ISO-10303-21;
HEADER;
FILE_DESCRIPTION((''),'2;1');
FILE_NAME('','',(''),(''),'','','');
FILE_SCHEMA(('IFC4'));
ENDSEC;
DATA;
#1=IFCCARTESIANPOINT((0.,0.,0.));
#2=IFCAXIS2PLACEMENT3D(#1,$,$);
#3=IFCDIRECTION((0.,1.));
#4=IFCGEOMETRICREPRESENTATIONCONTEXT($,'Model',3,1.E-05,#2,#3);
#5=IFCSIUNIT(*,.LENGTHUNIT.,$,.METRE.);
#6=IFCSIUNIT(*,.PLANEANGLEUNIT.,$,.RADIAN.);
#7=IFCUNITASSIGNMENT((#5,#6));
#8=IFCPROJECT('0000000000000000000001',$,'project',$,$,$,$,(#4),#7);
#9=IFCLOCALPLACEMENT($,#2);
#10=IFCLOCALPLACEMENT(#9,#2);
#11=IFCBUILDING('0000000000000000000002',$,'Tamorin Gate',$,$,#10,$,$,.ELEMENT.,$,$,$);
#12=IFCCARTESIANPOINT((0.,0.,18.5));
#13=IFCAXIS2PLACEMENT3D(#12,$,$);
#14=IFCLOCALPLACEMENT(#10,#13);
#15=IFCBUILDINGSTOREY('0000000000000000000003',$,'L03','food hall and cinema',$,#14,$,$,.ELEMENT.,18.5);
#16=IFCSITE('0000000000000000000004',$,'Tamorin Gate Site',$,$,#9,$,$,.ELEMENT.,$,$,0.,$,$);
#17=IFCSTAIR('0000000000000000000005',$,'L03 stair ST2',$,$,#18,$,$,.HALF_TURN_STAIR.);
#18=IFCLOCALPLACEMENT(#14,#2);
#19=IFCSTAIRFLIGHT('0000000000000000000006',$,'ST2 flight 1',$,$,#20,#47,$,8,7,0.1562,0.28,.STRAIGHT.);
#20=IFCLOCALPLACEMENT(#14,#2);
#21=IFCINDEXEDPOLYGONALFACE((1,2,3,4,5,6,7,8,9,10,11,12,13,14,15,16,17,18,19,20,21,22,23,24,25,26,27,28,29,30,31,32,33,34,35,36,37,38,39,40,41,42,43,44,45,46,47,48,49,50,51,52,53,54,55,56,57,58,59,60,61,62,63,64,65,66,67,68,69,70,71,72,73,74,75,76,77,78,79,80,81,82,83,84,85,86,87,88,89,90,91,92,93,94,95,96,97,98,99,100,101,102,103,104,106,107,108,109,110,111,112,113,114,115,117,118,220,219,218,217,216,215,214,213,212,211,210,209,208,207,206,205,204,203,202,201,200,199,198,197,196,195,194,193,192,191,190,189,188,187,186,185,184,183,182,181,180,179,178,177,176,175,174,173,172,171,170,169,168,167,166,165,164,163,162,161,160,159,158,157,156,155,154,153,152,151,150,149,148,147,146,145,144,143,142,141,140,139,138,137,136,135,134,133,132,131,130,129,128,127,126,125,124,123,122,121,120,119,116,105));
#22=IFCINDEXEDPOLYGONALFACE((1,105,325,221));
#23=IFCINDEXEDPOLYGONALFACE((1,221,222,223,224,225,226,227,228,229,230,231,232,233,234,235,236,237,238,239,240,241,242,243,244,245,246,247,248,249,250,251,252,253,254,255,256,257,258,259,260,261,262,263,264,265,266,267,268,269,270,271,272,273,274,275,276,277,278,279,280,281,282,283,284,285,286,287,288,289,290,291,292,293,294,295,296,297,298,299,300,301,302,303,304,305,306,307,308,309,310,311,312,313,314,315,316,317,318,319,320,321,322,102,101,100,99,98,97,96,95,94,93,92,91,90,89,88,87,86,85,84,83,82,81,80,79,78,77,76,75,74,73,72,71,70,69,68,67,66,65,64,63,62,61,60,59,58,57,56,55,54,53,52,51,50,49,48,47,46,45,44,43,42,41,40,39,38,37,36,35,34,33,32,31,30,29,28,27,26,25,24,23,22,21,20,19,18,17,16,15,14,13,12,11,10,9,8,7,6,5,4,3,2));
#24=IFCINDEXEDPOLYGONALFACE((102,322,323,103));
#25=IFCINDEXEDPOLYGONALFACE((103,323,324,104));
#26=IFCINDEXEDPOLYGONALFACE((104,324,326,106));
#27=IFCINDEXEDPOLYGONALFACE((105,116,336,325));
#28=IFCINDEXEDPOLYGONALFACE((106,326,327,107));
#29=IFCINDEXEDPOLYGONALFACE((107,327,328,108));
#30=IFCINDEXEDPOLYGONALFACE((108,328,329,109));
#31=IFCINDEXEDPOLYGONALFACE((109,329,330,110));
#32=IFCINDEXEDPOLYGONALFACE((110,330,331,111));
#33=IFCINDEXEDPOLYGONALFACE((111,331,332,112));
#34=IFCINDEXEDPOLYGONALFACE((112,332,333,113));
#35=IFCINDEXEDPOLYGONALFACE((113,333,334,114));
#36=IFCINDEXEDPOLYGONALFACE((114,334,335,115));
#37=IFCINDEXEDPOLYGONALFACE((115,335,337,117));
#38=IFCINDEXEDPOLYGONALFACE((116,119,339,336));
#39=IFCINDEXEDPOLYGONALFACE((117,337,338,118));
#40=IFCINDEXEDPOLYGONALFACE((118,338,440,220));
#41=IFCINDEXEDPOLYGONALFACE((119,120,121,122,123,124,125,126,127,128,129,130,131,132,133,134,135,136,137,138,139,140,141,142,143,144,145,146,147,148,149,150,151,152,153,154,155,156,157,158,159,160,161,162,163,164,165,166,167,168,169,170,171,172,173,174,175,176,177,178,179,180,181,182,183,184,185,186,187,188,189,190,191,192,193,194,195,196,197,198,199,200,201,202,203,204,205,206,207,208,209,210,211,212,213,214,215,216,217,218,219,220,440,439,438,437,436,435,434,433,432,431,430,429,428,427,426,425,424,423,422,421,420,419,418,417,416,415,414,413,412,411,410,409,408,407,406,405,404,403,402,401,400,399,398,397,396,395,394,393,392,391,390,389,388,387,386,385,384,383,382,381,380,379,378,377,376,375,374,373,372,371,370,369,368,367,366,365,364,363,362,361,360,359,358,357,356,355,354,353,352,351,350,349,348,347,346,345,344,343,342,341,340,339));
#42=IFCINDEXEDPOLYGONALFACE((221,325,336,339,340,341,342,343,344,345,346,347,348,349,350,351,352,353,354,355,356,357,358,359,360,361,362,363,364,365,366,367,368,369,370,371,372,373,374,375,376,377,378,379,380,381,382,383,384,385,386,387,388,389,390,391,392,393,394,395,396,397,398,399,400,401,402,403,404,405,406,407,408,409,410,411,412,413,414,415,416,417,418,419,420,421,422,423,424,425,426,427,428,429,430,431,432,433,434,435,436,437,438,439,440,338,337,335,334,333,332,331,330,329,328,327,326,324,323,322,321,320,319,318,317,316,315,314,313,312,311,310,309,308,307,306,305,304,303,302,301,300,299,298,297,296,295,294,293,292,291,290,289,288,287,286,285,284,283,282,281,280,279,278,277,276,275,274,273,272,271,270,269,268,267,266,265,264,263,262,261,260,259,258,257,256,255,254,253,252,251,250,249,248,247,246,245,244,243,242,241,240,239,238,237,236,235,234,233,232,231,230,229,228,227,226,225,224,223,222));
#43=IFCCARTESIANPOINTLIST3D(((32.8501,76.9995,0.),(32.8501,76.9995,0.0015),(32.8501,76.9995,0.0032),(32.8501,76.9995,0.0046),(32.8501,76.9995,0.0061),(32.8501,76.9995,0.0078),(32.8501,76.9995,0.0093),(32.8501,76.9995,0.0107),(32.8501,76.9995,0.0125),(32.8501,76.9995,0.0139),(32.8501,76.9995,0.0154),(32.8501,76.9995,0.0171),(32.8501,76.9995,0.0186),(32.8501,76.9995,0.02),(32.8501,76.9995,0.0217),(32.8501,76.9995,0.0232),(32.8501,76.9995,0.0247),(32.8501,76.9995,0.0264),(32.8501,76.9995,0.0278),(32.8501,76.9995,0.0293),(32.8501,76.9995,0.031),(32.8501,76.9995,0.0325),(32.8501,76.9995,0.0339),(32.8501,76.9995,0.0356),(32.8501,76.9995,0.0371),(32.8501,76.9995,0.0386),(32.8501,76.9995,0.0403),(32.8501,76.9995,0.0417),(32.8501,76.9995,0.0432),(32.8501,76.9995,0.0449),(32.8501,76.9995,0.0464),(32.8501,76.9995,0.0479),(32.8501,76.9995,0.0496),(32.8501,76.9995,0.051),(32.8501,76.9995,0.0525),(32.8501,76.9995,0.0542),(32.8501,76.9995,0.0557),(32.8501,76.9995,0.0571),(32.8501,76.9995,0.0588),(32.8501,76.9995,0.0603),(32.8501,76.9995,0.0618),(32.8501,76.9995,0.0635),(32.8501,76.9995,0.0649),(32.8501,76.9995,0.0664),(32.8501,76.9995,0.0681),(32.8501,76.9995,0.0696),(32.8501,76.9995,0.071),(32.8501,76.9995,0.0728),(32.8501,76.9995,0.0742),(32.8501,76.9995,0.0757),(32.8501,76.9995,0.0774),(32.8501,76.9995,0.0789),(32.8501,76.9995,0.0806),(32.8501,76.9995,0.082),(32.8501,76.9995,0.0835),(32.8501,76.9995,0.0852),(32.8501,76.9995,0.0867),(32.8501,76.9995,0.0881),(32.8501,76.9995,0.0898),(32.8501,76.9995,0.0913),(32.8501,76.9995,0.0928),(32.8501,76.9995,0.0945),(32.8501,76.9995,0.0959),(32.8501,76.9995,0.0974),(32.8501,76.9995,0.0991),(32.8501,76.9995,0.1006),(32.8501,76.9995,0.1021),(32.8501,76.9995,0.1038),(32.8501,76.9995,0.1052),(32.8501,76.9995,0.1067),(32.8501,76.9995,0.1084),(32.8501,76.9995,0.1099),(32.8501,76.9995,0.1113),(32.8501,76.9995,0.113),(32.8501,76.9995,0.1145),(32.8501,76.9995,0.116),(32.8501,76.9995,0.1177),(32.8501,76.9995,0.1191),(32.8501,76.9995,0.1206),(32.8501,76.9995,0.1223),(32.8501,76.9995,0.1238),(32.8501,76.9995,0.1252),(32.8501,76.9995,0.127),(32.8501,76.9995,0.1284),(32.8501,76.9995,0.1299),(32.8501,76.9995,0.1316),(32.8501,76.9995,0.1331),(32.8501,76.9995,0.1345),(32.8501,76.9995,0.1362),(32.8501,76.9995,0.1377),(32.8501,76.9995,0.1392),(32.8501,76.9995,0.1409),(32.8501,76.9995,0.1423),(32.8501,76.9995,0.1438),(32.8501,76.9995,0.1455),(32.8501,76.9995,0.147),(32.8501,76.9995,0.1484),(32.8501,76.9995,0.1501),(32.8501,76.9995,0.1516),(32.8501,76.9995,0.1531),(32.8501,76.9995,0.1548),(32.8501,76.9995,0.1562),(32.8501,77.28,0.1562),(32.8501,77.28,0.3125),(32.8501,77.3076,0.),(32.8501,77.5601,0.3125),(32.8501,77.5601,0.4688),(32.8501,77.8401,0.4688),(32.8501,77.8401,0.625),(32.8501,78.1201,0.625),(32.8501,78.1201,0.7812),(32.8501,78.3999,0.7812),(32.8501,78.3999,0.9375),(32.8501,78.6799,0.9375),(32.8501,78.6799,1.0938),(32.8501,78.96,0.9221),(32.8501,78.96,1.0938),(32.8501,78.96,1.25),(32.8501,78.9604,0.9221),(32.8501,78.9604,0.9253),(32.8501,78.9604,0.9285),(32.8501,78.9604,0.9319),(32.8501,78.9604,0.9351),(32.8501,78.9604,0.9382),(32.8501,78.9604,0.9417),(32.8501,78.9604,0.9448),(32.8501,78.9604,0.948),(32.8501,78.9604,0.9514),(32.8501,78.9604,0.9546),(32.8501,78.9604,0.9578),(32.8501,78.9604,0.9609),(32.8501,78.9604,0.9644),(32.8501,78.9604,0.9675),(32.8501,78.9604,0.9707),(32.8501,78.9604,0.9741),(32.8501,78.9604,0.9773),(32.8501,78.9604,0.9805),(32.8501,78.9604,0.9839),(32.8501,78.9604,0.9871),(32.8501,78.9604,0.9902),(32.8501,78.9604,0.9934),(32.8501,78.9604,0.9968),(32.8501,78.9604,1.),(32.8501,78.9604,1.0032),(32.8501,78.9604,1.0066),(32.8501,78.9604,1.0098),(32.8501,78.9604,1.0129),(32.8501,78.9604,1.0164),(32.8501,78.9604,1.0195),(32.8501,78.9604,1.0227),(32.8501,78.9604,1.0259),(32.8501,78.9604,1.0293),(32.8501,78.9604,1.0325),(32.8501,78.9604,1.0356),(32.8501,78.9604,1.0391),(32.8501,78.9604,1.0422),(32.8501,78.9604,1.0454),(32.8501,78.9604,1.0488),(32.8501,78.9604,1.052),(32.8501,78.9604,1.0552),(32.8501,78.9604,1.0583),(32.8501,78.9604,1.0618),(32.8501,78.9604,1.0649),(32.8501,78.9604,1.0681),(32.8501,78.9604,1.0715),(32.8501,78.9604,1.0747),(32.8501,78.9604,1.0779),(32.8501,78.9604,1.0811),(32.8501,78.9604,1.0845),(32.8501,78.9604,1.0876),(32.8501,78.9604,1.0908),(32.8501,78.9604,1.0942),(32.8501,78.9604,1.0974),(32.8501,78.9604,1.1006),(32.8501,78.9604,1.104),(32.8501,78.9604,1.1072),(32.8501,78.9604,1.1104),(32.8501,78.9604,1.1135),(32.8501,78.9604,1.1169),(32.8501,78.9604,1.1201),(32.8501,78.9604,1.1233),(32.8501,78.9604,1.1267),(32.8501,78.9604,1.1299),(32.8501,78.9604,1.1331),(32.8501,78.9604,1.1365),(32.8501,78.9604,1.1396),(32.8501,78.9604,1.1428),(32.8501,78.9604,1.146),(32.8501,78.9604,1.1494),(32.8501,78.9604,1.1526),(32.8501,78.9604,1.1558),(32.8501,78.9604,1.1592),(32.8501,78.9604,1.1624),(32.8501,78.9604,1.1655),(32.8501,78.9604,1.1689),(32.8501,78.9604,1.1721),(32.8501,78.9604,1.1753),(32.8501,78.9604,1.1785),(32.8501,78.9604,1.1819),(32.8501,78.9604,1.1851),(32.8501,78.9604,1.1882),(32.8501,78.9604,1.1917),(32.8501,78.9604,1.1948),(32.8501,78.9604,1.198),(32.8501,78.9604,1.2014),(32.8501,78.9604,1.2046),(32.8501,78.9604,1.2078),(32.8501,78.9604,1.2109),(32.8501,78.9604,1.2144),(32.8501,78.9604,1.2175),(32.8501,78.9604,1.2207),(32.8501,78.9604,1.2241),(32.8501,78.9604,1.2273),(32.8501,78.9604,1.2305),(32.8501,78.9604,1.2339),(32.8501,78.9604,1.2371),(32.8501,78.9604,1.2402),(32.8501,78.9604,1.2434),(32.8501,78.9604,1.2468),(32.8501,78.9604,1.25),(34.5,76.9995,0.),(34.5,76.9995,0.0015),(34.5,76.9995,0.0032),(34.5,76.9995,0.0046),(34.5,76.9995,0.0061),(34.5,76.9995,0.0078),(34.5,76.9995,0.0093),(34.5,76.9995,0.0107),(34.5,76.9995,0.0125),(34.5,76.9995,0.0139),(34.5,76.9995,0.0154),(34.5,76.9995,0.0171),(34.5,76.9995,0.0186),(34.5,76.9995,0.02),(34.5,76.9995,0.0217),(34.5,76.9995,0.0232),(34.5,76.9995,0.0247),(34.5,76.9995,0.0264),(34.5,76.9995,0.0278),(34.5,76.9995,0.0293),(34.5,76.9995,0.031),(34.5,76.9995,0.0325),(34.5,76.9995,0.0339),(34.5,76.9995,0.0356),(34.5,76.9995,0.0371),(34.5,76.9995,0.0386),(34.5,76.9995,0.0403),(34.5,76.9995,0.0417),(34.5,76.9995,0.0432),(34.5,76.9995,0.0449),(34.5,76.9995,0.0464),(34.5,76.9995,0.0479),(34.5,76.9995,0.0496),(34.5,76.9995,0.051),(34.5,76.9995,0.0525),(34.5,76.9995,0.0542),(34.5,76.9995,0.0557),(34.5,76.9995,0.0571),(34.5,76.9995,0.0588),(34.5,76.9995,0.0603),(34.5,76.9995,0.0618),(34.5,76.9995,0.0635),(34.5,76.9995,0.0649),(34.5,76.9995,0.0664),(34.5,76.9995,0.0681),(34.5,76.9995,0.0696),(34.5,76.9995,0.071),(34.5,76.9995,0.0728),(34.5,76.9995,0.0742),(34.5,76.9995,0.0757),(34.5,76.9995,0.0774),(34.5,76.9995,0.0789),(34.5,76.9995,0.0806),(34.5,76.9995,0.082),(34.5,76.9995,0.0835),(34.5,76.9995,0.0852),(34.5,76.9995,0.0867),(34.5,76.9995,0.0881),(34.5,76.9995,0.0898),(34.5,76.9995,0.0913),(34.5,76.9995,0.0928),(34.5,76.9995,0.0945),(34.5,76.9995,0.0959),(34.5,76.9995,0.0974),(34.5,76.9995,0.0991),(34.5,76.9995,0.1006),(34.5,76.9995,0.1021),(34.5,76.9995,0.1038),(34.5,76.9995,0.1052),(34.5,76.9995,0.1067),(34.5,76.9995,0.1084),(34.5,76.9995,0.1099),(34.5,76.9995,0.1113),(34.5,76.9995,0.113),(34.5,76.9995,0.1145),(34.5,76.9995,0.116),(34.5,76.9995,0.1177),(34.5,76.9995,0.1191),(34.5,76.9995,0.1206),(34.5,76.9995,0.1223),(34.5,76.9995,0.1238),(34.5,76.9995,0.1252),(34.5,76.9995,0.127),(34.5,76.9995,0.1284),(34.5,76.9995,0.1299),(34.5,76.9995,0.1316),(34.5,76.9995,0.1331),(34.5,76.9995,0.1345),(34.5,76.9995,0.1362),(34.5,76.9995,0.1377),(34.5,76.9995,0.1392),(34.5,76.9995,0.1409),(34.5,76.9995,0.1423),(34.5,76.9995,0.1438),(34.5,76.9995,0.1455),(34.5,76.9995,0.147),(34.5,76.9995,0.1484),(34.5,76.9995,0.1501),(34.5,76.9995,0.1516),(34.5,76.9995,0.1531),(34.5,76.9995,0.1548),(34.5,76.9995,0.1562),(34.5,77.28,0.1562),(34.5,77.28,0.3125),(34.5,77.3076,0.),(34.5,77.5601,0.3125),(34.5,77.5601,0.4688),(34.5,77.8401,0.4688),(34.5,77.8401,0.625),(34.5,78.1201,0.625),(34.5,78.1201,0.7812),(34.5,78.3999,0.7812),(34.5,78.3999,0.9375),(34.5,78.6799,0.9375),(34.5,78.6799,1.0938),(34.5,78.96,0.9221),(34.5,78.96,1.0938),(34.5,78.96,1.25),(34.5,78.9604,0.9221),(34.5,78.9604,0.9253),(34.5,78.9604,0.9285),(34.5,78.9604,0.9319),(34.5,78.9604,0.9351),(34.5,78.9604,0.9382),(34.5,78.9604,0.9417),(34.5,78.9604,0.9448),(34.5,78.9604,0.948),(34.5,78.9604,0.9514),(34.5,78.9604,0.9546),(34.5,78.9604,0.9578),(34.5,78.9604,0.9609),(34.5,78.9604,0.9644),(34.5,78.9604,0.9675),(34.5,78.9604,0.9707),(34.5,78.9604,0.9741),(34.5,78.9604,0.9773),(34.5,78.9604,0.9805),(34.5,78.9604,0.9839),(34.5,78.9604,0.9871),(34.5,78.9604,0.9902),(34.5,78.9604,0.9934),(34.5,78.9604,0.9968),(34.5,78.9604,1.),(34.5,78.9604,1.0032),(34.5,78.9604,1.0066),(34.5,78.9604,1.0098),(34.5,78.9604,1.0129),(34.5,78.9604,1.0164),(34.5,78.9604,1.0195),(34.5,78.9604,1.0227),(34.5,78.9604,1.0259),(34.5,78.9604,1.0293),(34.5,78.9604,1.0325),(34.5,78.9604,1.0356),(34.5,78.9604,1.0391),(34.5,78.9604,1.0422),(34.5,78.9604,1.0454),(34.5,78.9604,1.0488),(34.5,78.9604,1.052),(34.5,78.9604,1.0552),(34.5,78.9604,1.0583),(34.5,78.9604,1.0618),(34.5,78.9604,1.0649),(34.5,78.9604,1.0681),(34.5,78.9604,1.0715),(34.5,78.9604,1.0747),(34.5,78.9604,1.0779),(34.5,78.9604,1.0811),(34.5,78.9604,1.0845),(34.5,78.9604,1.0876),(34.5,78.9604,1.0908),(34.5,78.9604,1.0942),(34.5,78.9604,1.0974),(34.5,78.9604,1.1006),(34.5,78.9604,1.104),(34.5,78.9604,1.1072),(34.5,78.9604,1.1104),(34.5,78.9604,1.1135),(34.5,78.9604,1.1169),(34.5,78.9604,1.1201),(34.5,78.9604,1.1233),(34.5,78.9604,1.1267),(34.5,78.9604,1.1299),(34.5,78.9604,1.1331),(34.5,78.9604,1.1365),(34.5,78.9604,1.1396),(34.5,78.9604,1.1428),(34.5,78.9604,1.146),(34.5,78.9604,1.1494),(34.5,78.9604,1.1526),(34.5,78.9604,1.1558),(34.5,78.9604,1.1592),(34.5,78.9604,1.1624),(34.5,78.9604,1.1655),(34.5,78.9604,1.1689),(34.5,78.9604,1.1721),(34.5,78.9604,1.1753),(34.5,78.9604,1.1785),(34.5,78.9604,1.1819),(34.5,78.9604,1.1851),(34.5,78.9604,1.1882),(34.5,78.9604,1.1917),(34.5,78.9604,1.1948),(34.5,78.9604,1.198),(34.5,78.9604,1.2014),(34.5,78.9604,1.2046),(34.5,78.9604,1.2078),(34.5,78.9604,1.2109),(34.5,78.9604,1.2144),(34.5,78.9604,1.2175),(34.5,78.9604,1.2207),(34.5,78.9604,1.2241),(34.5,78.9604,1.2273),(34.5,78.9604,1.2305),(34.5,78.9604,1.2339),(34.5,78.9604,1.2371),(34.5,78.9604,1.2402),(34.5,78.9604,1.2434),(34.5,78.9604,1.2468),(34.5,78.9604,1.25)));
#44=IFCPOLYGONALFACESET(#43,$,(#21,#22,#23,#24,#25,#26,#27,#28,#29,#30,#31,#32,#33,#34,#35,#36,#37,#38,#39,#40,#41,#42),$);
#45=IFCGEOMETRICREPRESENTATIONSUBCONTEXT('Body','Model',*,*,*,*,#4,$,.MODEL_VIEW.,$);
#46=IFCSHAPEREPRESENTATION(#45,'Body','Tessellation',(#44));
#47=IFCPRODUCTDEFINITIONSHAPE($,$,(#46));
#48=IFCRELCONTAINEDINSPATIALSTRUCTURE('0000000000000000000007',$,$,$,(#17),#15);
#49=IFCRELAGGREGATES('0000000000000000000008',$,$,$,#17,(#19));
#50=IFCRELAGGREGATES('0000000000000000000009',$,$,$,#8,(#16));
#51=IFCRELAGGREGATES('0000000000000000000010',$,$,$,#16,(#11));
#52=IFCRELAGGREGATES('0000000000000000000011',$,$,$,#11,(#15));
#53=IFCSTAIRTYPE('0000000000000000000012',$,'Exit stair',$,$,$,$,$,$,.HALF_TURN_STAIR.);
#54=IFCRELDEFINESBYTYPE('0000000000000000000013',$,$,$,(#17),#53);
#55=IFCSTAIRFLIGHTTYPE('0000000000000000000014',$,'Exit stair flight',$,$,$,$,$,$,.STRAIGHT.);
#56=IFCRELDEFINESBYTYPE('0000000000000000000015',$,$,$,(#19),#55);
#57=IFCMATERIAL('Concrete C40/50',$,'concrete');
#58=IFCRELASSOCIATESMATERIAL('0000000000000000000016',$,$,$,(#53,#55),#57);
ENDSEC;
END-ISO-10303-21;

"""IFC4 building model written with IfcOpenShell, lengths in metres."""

from ifc_helpers import new_model, si_unit, direction, frame, origin, place, context, subcontext, project, spatial, polyline, outline, extrude, material, type_object, element, aggregate, save


model = new_model("IFC4")

# Units and contexts
model_context = context("Model", 3, precision=1e-05, world=origin(), true_north=direction((0.0, 1.0)))
body_context = subcontext(model_context, "Body", "Model", "MODEL_VIEW")
ifc_project = project(units=[si_unit("LENGTHUNIT", "METRE"), si_unit("PLANEANGLEUNIT", "RADIAN")], contexts=[model_context])

# Site, building, storey
site_placement = place(None, origin())
site = spatial("IfcSite", under=ifc_project, at=site_placement, Name="Tamorin Gate Site", CompositionType="ELEMENT", RefElevation=0.0)
building_placement = place(site_placement, origin())
building = spatial("IfcBuilding", under=site, at=building_placement, Name="Tamorin Gate", CompositionType="ELEMENT")
storey_placement = place(building_placement, frame((0.0, 0.0, 18.5)))
storey = spatial("IfcBuildingStorey", under=building, at=storey_placement, Name="L03", Description="food hall and cinema", CompositionType="ELEMENT", Elevation=18.5)

# Shared definitions
ifc_material_1 = material(Name="Concrete C40/50", Category="concrete")

# Stair, stair flight
stair_type = type_object("IfcStairType", Name="Exit stair", PredefinedType="HALF_TURN_STAIR", material=ifc_material_1)
stair_flight_type = type_object("IfcStairFlightType", Name="Exit stair flight", PredefinedType="STRAIGHT", material=ifc_material_1)
stair_1_placement = place(storey_placement, origin())
stair_1 = element("IfcStair", 1, at=stair_1_placement, inside=storey, type_object=stair_type, Name="L03 stair ST2", PredefinedType="HALF_TURN_STAIR")
stair_flight_1_placement = place(storey_placement, frame((33.675, 77.0, 0.0), z_axis=(0.0, 0.0, 1.0), x_axis=(0.0, 1.0, 0.0)))
stair_flight_1 = element("IfcStairFlight", 2, at=stair_flight_1_placement, type_object=stair_flight_type, Name="ST2 flight 1", NumberOfRisers=8, NumberOfTreads=7, PredefinedType="STRAIGHT", RiserHeight=0.1562, TreadLength=0.28, context=body_context, shape_type="SweptSolid", body=[
    extrude(outline(polyline([(-0.0005, 0.0), (-0.0005, 0.0015), (-0.0005, 0.0032), (-0.0005, 0.0046), (-0.0005, 0.0061), (-0.0005, 0.0078), (-0.0005, 0.0093), (-0.0005, 0.0107), (-0.0005, 0.0125), (-0.0005, 0.0139), (-0.0005, 0.0154), (-0.0005, 0.0171), (-0.0005, 0.0186), (-0.0005, 0.02), (-0.0005, 0.0217), (-0.0005, 0.0232), (-0.0005, 0.0247), (-0.0005, 0.0264), (-0.0005, 0.0278), (-0.0005, 0.0293), (-0.0005, 0.031), (-0.0005, 0.0325), (-0.0005, 0.0339), (-0.0005, 0.0356), (-0.0005, 0.0371), (-0.0005, 0.0386), (-0.0005, 0.0403), (-0.0005, 0.0417), (-0.0005, 0.0432), (-0.0005, 0.0449), (-0.0005, 0.0464), (-0.0005, 0.0479), (-0.0005, 0.0496), (-0.0005, 0.051), (-0.0005, 0.0525), (-0.0005, 0.0542), (-0.0005, 0.0557), (-0.0005, 0.0571), (-0.0005, 0.0588), (-0.0005, 0.0603), (-0.0005, 0.0618), (-0.0005, 0.0635), (-0.0005, 0.0649), (-0.0005, 0.0664), (-0.0005, 0.0681), (-0.0005, 0.0696), (-0.0005, 0.071), (-0.0005, 0.0728), (-0.0005, 0.0742), (-0.0005, 0.0757), (-0.0005, 0.0774), (-0.0005, 0.0789), (-0.0005, 0.0806), (-0.0005, 0.082), (-0.0005, 0.0835), (-0.0005, 0.0852), (-0.0005, 0.0867), (-0.0005, 0.0881), (-0.0005, 0.0898), (-0.0005, 0.0913), (-0.0005, 0.0928), (-0.0005, 0.0945), (-0.0005, 0.0959), (-0.0005, 0.0974), (-0.0005, 0.0991), (-0.0005, 0.1006), (-0.0005, 0.1021), (-0.0005, 0.1038), (-0.0005, 0.1052), (-0.0005, 0.1067), (-0.0005, 0.1084), (-0.0005, 0.1099), (-0.0005, 0.1113), (-0.0005, 0.113), (-0.0005, 0.1145), (-0.0005, 0.116), (-0.0005, 0.1177), (-0.0005, 0.1191), (-0.0005, 0.1206), (-0.0005, 0.1223), (-0.0005, 0.1238), (-0.0005, 0.1252), (-0.0005, 0.127), (-0.0005, 0.1284), (-0.0005, 0.1299), (-0.0005, 0.1316), (-0.0005, 0.1331), (-0.0005, 0.1345), (-0.0005, 0.1362), (-0.0005, 0.1377), (-0.0005, 0.1392), (-0.0005, 0.1409), (-0.0005, 0.1423), (-0.0005, 0.1438), (-0.0005, 0.1455), (-0.0005, 0.147), (-0.0005, 0.1484), (-0.0005, 0.1501), (-0.0005, 0.1516), (-0.0005, 0.1531), (-0.0005, 0.1548), (-0.0005, 0.1562), (0.28, 0.1562), (0.28, 0.3125), (0.5601, 0.3125), (0.5601, 0.4688), (0.8401, 0.4688), (0.8401, 0.625), (1.1201, 0.625), (1.1201, 0.7812), (1.3999, 0.7812), (1.3999, 0.9375), (1.6799, 0.9375), (1.6799, 1.0938), (1.96, 1.0938), (1.96, 1.25), (1.9604, 1.25), (1.9604, 1.2468), (1.9604, 1.2434), (1.9604, 1.2402), (1.9604, 1.2371), (1.9604, 1.2339), (1.9604, 1.2305), (1.9604, 1.2273), (1.9604, 1.2241), (1.9604, 1.2207), (1.9604, 1.2175), (1.9604, 1.2144), (1.9604, 1.2109), (1.9604, 1.2078), (1.9604, 1.2046), (1.9604, 1.2014), (1.9604, 1.198), (1.9604, 1.1948), (1.9604, 1.1917), (1.9604, 1.1882), (1.9604, 1.1851), (1.9604, 1.1819), (1.9604, 1.1785), (1.9604, 1.1753), (1.9604, 1.1721), (1.9604, 1.1689), (1.9604, 1.1655), (1.9604, 1.1624), (1.9604, 1.1592), (1.9604, 1.1558), (1.9604, 1.1526), (1.9604, 1.1494), (1.9604, 1.146), (1.9604, 1.1428), (1.9604, 1.1396), (1.9604, 1.1365), (1.9604, 1.1331), (1.9604, 1.1299), (1.9604, 1.1267), (1.9604, 1.1233), (1.9604, 1.1201), (1.9604, 1.1169), (1.9604, 1.1135), (1.9604, 1.1104), (1.9604, 1.1072), (1.9604, 1.104), (1.9604, 1.1006), (1.9604, 1.0974), (1.9604, 1.0942), (1.9604, 1.0908), (1.9604, 1.0876), (1.9604, 1.0845), (1.9604, 1.0811), (1.9604, 1.0779), (1.9604, 1.0747), (1.9604, 1.0715), (1.9604, 1.0681), (1.9604, 1.0649), (1.9604, 1.0618), (1.9604, 1.0583), (1.9604, 1.0552), (1.9604, 1.052), (1.9604, 1.0488), (1.9604, 1.0454), (1.9604, 1.0422), (1.9604, 1.0391), (1.9604, 1.0356), (1.9604, 1.0325), (1.9604, 1.0293), (1.9604, 1.0259), (1.9604, 1.0227), (1.9604, 1.0195), (1.9604, 1.0164), (1.9604, 1.0129), (1.9604, 1.0098), (1.9604, 1.0066), (1.9604, 1.0032), (1.9604, 1.0), (1.9604, 0.9968), (1.9604, 0.9934), (1.9604, 0.9902), (1.9604, 0.9871), (1.9604, 0.9839), (1.9604, 0.9805), (1.9604, 0.9773), (1.9604, 0.9741), (1.9604, 0.9707), (1.9604, 0.9675), (1.9604, 0.9644), (1.9604, 0.9609), (1.9604, 0.9578), (1.9604, 0.9546), (1.9604, 0.9514), (1.9604, 0.948), (1.9604, 0.9448), (1.9604, 0.9417), (1.9604, 0.9382), (1.9604, 0.9351), (1.9604, 0.9319), (1.9604, 0.9285), (1.9604, 0.9253), (1.9604, 0.9221), (1.96, 0.9221), (0.3076, 0.0), (-0.0005, 0.0)])), frame((0.0, 0.825, 0.0), z_axis=(0.0, -1.0, 0.0), x_axis=(1.0, 0.0, 0.0)), (0.0, 0.0, 1.0), 1.6499),
])
aggregate(stair_1, [stair_flight_1])

save(model, "model.ifc")
